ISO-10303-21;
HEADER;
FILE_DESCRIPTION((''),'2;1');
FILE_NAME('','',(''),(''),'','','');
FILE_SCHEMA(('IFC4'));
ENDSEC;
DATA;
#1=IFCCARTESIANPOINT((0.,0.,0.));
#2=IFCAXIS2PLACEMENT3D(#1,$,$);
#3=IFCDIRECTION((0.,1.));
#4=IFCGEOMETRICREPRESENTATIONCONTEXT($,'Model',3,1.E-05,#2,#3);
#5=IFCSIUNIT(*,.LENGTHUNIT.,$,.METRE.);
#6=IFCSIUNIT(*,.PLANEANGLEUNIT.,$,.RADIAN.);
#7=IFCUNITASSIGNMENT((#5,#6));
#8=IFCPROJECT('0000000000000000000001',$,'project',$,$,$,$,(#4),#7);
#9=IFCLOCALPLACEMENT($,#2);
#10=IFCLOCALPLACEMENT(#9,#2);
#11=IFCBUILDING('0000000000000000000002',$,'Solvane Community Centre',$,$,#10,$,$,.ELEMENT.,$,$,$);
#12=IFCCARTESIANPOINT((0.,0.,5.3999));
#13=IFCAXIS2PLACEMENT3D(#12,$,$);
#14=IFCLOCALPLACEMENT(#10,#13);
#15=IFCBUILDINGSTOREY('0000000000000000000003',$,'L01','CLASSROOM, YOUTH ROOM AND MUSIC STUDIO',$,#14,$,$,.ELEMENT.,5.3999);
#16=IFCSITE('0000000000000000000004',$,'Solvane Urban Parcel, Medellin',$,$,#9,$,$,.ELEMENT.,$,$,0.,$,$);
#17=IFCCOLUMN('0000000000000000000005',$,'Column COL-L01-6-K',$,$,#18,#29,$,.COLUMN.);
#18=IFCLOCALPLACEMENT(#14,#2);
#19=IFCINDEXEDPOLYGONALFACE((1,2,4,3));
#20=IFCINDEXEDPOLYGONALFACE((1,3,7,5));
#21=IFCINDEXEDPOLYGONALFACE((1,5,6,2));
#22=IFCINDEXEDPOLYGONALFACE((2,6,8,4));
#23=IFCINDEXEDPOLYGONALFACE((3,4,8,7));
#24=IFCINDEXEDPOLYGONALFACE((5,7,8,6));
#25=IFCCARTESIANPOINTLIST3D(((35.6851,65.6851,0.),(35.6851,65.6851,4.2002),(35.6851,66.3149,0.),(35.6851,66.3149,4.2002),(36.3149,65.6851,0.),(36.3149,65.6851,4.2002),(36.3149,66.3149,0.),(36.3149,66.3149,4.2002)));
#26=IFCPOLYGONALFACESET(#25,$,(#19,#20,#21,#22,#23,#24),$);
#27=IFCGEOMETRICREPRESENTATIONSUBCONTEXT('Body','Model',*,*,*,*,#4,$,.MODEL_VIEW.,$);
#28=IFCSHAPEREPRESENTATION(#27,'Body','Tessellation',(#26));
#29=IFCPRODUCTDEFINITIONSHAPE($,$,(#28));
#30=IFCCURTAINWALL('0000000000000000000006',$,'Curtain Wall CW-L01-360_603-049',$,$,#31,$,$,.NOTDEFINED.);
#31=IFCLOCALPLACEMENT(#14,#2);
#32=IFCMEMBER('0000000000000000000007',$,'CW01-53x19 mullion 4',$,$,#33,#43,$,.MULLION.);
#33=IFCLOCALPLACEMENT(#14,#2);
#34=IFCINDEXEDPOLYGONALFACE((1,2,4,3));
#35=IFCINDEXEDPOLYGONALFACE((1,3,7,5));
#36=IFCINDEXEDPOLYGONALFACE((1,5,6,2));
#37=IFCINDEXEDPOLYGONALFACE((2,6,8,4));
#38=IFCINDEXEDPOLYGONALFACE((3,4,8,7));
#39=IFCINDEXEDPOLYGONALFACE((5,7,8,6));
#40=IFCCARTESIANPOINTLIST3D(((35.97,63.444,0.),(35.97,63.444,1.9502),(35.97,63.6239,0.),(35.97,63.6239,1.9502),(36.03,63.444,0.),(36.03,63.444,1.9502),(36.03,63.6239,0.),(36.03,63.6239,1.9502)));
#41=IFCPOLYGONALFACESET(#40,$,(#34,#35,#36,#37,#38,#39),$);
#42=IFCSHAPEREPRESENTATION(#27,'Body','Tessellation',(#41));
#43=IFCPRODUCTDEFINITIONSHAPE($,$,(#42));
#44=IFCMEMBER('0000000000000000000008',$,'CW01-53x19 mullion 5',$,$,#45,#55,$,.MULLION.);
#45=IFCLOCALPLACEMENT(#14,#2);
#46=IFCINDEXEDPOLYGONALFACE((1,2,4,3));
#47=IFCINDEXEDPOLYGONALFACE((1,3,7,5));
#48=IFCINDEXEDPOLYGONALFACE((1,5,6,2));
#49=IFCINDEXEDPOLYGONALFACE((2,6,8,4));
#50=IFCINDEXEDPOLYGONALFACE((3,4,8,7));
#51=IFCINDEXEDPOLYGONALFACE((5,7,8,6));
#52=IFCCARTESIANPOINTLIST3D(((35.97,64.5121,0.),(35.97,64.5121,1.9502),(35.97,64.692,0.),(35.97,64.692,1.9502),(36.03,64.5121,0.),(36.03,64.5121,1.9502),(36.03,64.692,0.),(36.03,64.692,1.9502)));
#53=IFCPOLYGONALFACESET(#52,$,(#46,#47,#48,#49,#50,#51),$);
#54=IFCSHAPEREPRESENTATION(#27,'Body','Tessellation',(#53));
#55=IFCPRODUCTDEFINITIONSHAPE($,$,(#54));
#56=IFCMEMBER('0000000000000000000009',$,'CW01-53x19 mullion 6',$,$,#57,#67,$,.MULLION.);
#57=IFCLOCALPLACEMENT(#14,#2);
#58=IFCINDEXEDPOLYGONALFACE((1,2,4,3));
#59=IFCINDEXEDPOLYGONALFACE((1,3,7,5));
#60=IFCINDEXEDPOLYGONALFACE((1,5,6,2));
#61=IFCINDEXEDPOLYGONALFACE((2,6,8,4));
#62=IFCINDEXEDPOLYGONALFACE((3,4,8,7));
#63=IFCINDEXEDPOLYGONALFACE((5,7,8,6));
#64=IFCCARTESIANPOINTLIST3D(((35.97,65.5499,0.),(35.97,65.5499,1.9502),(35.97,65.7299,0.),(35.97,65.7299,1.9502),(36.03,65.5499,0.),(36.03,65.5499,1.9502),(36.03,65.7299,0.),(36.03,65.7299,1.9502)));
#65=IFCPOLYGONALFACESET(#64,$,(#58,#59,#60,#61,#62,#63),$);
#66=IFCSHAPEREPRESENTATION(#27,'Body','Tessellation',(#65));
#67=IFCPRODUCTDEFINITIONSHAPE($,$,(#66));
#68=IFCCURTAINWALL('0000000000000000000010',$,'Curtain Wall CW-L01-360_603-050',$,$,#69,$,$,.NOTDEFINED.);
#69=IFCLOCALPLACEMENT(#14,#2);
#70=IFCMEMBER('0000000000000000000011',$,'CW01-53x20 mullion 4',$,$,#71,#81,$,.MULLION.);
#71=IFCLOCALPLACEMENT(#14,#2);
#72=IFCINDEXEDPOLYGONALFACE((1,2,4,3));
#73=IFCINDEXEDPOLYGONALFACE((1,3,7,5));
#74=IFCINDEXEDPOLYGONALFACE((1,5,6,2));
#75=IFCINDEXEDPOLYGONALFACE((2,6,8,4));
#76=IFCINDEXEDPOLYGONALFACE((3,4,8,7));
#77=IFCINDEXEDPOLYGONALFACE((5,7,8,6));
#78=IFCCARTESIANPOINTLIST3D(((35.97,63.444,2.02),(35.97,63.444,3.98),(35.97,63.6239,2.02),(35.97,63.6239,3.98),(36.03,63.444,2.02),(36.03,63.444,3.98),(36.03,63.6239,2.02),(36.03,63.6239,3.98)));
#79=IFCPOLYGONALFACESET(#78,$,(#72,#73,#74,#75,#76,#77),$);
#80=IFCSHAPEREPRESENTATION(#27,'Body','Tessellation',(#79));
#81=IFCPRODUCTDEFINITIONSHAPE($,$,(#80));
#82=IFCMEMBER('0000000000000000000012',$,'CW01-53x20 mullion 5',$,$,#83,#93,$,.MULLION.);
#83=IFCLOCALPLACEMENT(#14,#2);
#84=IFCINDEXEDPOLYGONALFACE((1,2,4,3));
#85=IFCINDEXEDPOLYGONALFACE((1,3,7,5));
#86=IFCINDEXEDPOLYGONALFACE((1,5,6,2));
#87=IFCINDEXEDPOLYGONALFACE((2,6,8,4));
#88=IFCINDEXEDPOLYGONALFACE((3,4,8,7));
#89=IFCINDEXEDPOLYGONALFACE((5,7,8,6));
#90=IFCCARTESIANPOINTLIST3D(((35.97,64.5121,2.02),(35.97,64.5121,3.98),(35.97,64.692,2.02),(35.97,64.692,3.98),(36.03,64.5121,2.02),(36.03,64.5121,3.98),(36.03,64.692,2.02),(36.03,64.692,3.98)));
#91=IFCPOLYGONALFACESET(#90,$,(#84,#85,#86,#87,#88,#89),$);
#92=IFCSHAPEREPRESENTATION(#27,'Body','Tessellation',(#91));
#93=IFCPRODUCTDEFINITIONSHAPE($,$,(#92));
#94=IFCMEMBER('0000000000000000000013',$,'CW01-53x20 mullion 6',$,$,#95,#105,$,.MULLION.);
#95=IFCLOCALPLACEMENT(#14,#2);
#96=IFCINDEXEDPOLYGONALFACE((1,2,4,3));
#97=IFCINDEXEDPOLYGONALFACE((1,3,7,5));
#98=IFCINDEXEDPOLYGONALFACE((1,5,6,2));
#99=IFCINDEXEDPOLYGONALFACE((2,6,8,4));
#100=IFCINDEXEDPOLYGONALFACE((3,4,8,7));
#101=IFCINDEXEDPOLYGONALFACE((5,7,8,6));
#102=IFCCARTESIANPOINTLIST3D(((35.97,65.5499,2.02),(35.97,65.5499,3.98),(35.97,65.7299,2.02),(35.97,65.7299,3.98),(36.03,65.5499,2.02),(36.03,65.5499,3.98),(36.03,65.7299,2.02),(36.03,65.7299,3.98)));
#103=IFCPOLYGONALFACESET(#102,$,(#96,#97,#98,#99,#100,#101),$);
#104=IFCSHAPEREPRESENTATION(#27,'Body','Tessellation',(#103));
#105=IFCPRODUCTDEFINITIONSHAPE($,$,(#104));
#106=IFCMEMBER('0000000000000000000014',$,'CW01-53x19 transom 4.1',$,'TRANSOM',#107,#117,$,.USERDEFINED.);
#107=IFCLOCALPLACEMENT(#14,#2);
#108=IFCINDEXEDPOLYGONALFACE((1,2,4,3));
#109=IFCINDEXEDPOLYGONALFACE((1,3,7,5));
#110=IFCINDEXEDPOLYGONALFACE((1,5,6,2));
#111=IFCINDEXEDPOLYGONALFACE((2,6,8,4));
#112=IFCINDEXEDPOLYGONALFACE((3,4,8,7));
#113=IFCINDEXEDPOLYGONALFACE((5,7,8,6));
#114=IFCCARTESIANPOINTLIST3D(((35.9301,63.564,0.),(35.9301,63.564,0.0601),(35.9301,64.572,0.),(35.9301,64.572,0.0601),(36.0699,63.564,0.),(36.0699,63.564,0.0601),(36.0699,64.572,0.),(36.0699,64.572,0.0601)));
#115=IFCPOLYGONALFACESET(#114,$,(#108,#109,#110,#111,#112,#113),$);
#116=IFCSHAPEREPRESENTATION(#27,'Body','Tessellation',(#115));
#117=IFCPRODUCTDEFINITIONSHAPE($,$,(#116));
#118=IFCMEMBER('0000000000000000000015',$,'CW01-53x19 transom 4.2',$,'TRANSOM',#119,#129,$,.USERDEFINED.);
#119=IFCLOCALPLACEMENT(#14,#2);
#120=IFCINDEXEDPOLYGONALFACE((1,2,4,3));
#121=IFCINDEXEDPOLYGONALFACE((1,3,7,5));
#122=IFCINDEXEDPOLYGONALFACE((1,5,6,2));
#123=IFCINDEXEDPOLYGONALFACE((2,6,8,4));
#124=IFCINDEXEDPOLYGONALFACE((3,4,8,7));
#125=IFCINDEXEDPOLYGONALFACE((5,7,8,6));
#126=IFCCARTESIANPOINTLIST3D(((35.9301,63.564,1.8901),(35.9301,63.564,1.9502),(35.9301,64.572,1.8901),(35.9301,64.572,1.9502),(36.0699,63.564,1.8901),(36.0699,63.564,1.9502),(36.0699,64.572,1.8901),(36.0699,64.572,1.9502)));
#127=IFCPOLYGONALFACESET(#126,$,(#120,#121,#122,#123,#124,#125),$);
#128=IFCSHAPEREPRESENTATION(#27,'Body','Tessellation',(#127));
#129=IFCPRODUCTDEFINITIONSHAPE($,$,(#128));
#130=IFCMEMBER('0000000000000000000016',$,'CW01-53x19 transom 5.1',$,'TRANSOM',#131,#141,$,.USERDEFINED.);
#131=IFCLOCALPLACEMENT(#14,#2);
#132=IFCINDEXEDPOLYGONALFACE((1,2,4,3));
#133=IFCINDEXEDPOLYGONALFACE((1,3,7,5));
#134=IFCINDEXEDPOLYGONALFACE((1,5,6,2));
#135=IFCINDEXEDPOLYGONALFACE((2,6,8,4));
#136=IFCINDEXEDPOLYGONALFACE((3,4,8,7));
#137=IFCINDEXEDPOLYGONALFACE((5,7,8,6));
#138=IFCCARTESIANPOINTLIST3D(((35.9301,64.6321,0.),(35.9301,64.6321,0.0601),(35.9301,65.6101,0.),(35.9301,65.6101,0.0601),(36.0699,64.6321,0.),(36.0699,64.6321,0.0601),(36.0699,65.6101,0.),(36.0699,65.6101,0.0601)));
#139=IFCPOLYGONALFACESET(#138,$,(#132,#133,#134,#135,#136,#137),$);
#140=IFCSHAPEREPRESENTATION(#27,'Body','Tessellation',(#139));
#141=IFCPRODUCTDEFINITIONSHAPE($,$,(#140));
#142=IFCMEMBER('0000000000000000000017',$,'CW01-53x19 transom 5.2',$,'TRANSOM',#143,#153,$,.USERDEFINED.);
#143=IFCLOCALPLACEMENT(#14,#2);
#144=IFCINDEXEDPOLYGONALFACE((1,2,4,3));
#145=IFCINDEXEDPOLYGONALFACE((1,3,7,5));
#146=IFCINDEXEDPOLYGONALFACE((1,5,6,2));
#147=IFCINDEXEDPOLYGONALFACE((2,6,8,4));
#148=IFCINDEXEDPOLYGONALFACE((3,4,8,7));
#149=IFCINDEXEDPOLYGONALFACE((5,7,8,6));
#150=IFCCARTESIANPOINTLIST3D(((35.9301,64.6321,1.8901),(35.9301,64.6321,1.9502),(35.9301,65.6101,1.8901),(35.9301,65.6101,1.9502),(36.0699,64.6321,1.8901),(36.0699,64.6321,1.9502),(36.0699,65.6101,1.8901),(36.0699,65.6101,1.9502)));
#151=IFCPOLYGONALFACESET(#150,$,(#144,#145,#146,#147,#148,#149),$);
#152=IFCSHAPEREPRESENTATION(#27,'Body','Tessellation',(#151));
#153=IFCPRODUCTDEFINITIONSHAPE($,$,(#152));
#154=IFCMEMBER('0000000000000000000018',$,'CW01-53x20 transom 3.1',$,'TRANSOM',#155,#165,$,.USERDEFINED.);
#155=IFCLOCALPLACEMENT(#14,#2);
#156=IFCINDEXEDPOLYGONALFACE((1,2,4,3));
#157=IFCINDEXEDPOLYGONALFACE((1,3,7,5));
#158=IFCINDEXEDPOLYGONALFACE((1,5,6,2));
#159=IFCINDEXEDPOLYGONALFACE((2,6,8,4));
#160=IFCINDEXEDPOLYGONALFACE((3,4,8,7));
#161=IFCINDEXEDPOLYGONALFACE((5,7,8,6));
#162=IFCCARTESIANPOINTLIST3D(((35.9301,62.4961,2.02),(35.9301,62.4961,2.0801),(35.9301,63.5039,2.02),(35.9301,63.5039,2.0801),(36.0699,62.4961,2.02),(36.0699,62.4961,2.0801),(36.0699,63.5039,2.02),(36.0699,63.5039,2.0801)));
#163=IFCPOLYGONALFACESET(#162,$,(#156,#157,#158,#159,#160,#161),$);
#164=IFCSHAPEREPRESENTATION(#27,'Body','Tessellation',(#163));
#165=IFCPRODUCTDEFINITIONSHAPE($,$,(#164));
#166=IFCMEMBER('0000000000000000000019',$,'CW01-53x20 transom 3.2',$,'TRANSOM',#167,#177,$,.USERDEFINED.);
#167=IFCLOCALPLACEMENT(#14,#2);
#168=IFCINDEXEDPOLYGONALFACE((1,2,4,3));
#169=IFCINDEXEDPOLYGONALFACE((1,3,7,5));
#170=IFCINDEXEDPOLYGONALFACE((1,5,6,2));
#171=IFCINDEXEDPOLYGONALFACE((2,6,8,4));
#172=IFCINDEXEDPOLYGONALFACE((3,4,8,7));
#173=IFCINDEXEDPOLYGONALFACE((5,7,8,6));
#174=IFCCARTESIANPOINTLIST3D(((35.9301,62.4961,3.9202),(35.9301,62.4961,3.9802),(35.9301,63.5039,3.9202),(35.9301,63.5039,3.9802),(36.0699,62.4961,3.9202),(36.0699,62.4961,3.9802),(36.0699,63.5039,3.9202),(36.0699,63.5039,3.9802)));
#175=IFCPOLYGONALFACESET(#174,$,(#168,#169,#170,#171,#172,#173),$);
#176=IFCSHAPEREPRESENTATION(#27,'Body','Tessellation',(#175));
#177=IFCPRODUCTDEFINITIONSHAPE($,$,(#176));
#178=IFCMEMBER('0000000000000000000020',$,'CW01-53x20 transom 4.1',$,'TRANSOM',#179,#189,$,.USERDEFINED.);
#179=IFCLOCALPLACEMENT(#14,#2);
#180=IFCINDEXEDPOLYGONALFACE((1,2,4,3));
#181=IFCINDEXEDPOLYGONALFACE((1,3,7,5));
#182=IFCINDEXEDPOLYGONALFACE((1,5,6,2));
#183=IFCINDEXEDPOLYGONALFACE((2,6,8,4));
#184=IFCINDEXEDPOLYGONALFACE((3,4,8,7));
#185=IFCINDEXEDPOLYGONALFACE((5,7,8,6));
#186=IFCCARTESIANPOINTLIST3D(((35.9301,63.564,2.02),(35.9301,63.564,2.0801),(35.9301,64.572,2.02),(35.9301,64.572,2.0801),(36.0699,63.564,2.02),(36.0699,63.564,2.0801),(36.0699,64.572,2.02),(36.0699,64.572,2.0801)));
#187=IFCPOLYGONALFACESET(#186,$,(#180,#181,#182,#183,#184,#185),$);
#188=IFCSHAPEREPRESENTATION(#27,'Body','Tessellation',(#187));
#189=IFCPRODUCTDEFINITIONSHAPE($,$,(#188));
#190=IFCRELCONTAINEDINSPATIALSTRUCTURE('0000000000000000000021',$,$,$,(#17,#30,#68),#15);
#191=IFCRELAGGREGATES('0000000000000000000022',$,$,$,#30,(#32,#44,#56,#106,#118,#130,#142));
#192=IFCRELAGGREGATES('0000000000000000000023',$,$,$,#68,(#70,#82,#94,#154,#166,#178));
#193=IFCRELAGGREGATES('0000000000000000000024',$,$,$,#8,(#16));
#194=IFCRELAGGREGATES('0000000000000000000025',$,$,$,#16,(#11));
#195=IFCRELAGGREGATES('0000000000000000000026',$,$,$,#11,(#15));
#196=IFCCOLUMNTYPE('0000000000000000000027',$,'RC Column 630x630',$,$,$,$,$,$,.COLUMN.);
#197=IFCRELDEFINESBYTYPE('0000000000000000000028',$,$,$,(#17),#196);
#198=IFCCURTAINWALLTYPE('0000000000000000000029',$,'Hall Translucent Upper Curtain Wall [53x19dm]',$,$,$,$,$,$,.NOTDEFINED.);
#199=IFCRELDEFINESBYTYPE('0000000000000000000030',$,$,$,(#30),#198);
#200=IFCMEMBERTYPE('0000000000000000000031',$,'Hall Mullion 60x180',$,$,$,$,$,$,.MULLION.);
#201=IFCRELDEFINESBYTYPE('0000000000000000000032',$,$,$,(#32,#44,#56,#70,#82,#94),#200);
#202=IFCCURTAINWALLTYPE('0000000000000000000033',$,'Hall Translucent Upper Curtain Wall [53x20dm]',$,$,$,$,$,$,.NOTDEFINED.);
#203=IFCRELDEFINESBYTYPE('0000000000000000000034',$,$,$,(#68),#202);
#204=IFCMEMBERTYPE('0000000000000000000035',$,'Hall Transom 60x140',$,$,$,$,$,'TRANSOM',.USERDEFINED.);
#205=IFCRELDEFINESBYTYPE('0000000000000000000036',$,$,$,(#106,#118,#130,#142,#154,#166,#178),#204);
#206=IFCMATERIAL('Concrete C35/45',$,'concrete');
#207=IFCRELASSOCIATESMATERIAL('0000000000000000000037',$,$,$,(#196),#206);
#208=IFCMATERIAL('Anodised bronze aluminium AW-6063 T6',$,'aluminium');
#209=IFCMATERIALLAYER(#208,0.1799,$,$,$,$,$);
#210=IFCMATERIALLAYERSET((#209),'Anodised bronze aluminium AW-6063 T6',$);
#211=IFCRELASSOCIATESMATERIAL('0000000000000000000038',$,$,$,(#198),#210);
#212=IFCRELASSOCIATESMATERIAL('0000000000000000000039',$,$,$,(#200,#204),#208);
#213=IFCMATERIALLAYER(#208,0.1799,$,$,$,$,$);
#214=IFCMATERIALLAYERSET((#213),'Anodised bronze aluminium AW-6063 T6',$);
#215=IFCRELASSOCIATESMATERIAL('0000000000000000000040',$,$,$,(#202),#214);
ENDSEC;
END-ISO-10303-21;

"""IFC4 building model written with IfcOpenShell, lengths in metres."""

from ifc_helpers import new_model, si_unit, direction, frame, origin, origin_2d, place, context, subcontext, project, spatial, rectangle, extrude, material, layer, layer_set, material_profile, profile_set, type_object, element, aggregate, save


model = new_model("IFC4")

# Units and contexts
model_context = context("Model", 3, precision=1e-05, world=origin(), true_north=direction((0.0, 1.0)))
body_context = subcontext(model_context, "Body", "Model", "MODEL_VIEW")
ifc_project = project(units=[si_unit("LENGTHUNIT", "METRE"), si_unit("PLANEANGLEUNIT", "RADIAN")], contexts=[model_context])

# Site, building, storey
site_placement = place(None, origin())
site = spatial("IfcSite", under=ifc_project, at=site_placement, Name="Solvane Urban Parcel, Medellin", CompositionType="ELEMENT", RefElevation=0.0)
building_placement = place(site_placement, origin())
building = spatial("IfcBuilding", under=site, at=building_placement, Name="Solvane Community Centre", CompositionType="ELEMENT")
storey_placement = place(building_placement, frame((0.0, 0.0, 5.3999)))
storey = spatial("IfcBuildingStorey", under=building, at=storey_placement, Name="L01", Description="CLASSROOM, YOUTH ROOM AND MUSIC STUDIO", CompositionType="ELEMENT", Elevation=5.3999)

# Column
ifc_material_1 = material(Name="Concrete C35/45", Category="concrete")
ifc_material_profile_1 = material_profile(ifc_material_1, rectangle(XDim=0.6299, YDim=0.6299, at=origin_2d()), Name="RC 630x630")
ifc_profile_set_1 = profile_set([ifc_material_profile_1], Name="Concrete C35/45")
column_type = type_object("IfcColumnType", Name="RC Column 630x630", PredefinedType="COLUMN", material=ifc_profile_set_1)
column_placement = place(storey_placement, frame((36.0, 66.0, 0.0), z_axis=(0.0, 0.0, 1.0), x_axis=(1.0, 0.0, 0.0)))
element("IfcColumn", 1, at=column_placement, inside=storey, type_object=column_type, Name="Column COL-L01-6-K", PredefinedType="COLUMN", context=body_context, shape_type="SweptSolid", body=[
    extrude(rectangle(XDim=0.6299, YDim=0.6299, at=origin_2d()), origin(), (0.0, 0.0, 1.0), 4.2002),
])

# Curtain walls, members
ifc_material_2 = material(Name="Anodised bronze aluminium AW-6063 T6", Category="aluminium")
ifc_layer_1 = layer(ifc_material_2, 0.1799)
ifc_layer_set_1 = layer_set([ifc_layer_1], Name="Anodised bronze aluminium AW-6063 T6")
curtain_wall_type_1 = type_object("IfcCurtainWallType", Name="Hall Translucent Upper Curtain Wall [53x19dm]", PredefinedType="NOTDEFINED", material=ifc_layer_set_1)
curtain_wall_1_placement = place(storey_placement, origin())
curtain_wall_1 = element("IfcCurtainWall", 2, at=curtain_wall_1_placement, inside=storey, type_object=curtain_wall_type_1, Name="Curtain Wall CW-L01-360_603-049", PredefinedType="NOTDEFINED")
ifc_material_profile_2 = material_profile(ifc_material_2, rectangle(XDim=0.0601, YDim=0.1799, at=origin_2d()), Name="CW-M 60x180")
ifc_profile_set_2 = profile_set([ifc_material_profile_2], Name="Anodised bronze aluminium AW-6063 T6")
member_type_1 = type_object("IfcMemberType", Name="Hall Mullion 60x180", PredefinedType="MULLION", material=ifc_profile_set_2)
member_1_placement = place(storey_placement, frame((36.0, 63.5339, 0.0), z_axis=(0.0, 0.0, 1.0), x_axis=(-1.0, 0.0, 0.0)))
member_1 = element("IfcMember", 3, at=member_1_placement, type_object=member_type_1, Name="CW01-53x19 mullion 4", PredefinedType="MULLION", context=body_context, shape_type="SweptSolid", body=[
    extrude(rectangle(XDim=0.0601, YDim=0.1799, at=origin_2d()), origin(), (0.0, 0.0, 1.0), 1.9502),
])
member_2_placement = place(storey_placement, frame((36.0, 64.6021, 0.0), z_axis=(0.0, 0.0, 1.0), x_axis=(-1.0, 0.0, 0.0)))
member_2 = element("IfcMember", 4, at=member_2_placement, type_object=member_type_1, Name="CW01-53x19 mullion 5", PredefinedType="MULLION", context=body_context, shape_type="SweptSolid", body=[
    extrude(rectangle(XDim=0.0601, YDim=0.1799, at=origin_2d()), origin(), (0.0, 0.0, 1.0), 1.9502),
])
member_3_placement = place(storey_placement, frame((36.0, 65.6399, 0.0), z_axis=(0.0, 0.0, 1.0), x_axis=(-1.0, 0.0, 0.0)))
member_3 = element("IfcMember", 5, at=member_3_placement, type_object=member_type_1, Name="CW01-53x19 mullion 6", PredefinedType="MULLION", context=body_context, shape_type="SweptSolid", body=[
    extrude(rectangle(XDim=0.0601, YDim=0.1799, at=origin_2d()), origin(), (0.0, 0.0, 1.0), 1.9502),
])
ifc_layer_2 = layer(ifc_material_2, 0.1799)
ifc_layer_set_2 = layer_set([ifc_layer_2], Name="Anodised bronze aluminium AW-6063 T6")
curtain_wall_type_2 = type_object("IfcCurtainWallType", Name="Hall Translucent Upper Curtain Wall [53x20dm]", PredefinedType="NOTDEFINED", material=ifc_layer_set_2)
curtain_wall_2_placement = place(storey_placement, origin())
curtain_wall_2 = element("IfcCurtainWall", 6, at=curtain_wall_2_placement, inside=storey, type_object=curtain_wall_type_2, Name="Curtain Wall CW-L01-360_603-050", PredefinedType="NOTDEFINED")
member_4_placement = place(storey_placement, frame((36.0, 63.5339, 2.02), z_axis=(0.0, 0.0, 1.0), x_axis=(-1.0, 0.0, 0.0)))
member_4 = element("IfcMember", 7, at=member_4_placement, type_object=member_type_1, Name="CW01-53x20 mullion 4", PredefinedType="MULLION", context=body_context, shape_type="SweptSolid", body=[
    extrude(rectangle(XDim=0.0601, YDim=0.1799, at=origin_2d()), origin(), (0.0, 0.0, 1.0), 1.96),
])
member_5_placement = place(storey_placement, frame((36.0, 64.6021, 2.02), z_axis=(0.0, 0.0, 1.0), x_axis=(-1.0, 0.0, 0.0)))
member_5 = element("IfcMember", 8, at=member_5_placement, type_object=member_type_1, Name="CW01-53x20 mullion 5", PredefinedType="MULLION", context=body_context, shape_type="SweptSolid", body=[
    extrude(rectangle(XDim=0.0601, YDim=0.1799, at=origin_2d()), origin(), (0.0, 0.0, 1.0), 1.96),
])
member_6_placement = place(storey_placement, frame((36.0, 65.6399, 2.02), z_axis=(0.0, 0.0, 1.0), x_axis=(-1.0, 0.0, 0.0)))
member_6 = element("IfcMember", 9, at=member_6_placement, type_object=member_type_1, Name="CW01-53x20 mullion 6", PredefinedType="MULLION", context=body_context, shape_type="SweptSolid", body=[
    extrude(rectangle(XDim=0.0601, YDim=0.1799, at=origin_2d()), origin(), (0.0, 0.0, 1.0), 1.96),
])

# Members
ifc_material_profile_3 = material_profile(ifc_material_2, rectangle(XDim=0.1399, YDim=0.0601, at=origin_2d()), Name="CW-T 60x140")
ifc_profile_set_3 = profile_set([ifc_material_profile_3], Name="Anodised bronze aluminium AW-6063 T6")
member_type_2 = type_object("IfcMemberType", Name="Hall Transom 60x140", ElementType="TRANSOM", PredefinedType="USERDEFINED", material=ifc_profile_set_3)
member_7_placement = place(storey_placement, frame((36.0, 63.564, 0.03), z_axis=(0.0, 1.0, 0.0), x_axis=(-1.0, 0.0, 0.0)))
member_7 = element("IfcMember", 10, at=member_7_placement, type_object=member_type_2, Name="CW01-53x19 transom 4.1", ObjectType="TRANSOM", PredefinedType="USERDEFINED", context=body_context, shape_type="SweptSolid", body=[
    extrude(rectangle(XDim=0.1399, YDim=0.0601, at=origin_2d()), origin(), (0.0, 0.0, 1.0), 1.0081),
])
member_8_placement = place(storey_placement, frame((36.0, 63.564, 1.9202), z_axis=(0.0, 1.0, 0.0), x_axis=(-1.0, 0.0, 0.0)))
member_8 = element("IfcMember", 11, at=member_8_placement, type_object=member_type_2, Name="CW01-53x19 transom 4.2", ObjectType="TRANSOM", PredefinedType="USERDEFINED", context=body_context, shape_type="SweptSolid", body=[
    extrude(rectangle(XDim=0.1399, YDim=0.0601, at=origin_2d()), origin(), (0.0, 0.0, 1.0), 1.0081),
])
member_9_placement = place(storey_placement, frame((36.0, 64.6321, 0.03), z_axis=(0.0, 1.0, 0.0), x_axis=(-1.0, 0.0, 0.0)))
member_9 = element("IfcMember", 12, at=member_9_placement, type_object=member_type_2, Name="CW01-53x19 transom 5.1", ObjectType="TRANSOM", PredefinedType="USERDEFINED", context=body_context, shape_type="SweptSolid", body=[
    extrude(rectangle(XDim=0.1399, YDim=0.0601, at=origin_2d()), origin(), (0.0, 0.0, 1.0), 0.978),
])
member_10_placement = place(storey_placement, frame((36.0, 64.6321, 1.9202), z_axis=(0.0, 1.0, 0.0), x_axis=(-1.0, 0.0, 0.0)))
member_10 = element("IfcMember", 13, at=member_10_placement, type_object=member_type_2, Name="CW01-53x19 transom 5.2", ObjectType="TRANSOM", PredefinedType="USERDEFINED", context=body_context, shape_type="SweptSolid", body=[
    extrude(rectangle(XDim=0.1399, YDim=0.0601, at=origin_2d()), origin(), (0.0, 0.0, 1.0), 0.978),
])
member_11_placement = place(storey_placement, frame((36.0, 62.4961, 2.05), z_axis=(0.0, 1.0, 0.0), x_axis=(-1.0, 0.0, 0.0)))
member_11 = element("IfcMember", 14, at=member_11_placement, type_object=member_type_2, Name="CW01-53x20 transom 3.1", ObjectType="TRANSOM", PredefinedType="USERDEFINED", context=body_context, shape_type="SweptSolid", body=[
    extrude(rectangle(XDim=0.1399, YDim=0.0601, at=origin_2d()), origin(), (0.0, 0.0, 1.0), 1.0078),
])
member_12_placement = place(storey_placement, frame((36.0, 62.4961, 3.9502), z_axis=(0.0, 1.0, 0.0), x_axis=(-1.0, 0.0, 0.0)))
member_12 = element("IfcMember", 15, at=member_12_placement, type_object=member_type_2, Name="CW01-53x20 transom 3.2", ObjectType="TRANSOM", PredefinedType="USERDEFINED", context=body_context, shape_type="SweptSolid", body=[
    extrude(rectangle(XDim=0.1399, YDim=0.0601, at=origin_2d()), origin(), (0.0, 0.0, 1.0), 1.0078),
])
member_13_placement = place(storey_placement, frame((36.0, 63.564, 2.05), z_axis=(0.0, 1.0, 0.0), x_axis=(-1.0, 0.0, 0.0)))
member_13 = element("IfcMember", 16, at=member_13_placement, type_object=member_type_2, Name="CW01-53x20 transom 4.1", ObjectType="TRANSOM", PredefinedType="USERDEFINED", context=body_context, shape_type="SweptSolid", body=[
    extrude(rectangle(XDim=0.1399, YDim=0.0601, at=origin_2d()), origin(), (0.0, 0.0, 1.0), 1.0081),
])

aggregate(curtain_wall_1, [member_1, member_2, member_3, member_7, member_8, member_9, member_10])
aggregate(curtain_wall_2, [member_4, member_5, member_6, member_11, member_12, member_13])

save(model, "model.ifc")
